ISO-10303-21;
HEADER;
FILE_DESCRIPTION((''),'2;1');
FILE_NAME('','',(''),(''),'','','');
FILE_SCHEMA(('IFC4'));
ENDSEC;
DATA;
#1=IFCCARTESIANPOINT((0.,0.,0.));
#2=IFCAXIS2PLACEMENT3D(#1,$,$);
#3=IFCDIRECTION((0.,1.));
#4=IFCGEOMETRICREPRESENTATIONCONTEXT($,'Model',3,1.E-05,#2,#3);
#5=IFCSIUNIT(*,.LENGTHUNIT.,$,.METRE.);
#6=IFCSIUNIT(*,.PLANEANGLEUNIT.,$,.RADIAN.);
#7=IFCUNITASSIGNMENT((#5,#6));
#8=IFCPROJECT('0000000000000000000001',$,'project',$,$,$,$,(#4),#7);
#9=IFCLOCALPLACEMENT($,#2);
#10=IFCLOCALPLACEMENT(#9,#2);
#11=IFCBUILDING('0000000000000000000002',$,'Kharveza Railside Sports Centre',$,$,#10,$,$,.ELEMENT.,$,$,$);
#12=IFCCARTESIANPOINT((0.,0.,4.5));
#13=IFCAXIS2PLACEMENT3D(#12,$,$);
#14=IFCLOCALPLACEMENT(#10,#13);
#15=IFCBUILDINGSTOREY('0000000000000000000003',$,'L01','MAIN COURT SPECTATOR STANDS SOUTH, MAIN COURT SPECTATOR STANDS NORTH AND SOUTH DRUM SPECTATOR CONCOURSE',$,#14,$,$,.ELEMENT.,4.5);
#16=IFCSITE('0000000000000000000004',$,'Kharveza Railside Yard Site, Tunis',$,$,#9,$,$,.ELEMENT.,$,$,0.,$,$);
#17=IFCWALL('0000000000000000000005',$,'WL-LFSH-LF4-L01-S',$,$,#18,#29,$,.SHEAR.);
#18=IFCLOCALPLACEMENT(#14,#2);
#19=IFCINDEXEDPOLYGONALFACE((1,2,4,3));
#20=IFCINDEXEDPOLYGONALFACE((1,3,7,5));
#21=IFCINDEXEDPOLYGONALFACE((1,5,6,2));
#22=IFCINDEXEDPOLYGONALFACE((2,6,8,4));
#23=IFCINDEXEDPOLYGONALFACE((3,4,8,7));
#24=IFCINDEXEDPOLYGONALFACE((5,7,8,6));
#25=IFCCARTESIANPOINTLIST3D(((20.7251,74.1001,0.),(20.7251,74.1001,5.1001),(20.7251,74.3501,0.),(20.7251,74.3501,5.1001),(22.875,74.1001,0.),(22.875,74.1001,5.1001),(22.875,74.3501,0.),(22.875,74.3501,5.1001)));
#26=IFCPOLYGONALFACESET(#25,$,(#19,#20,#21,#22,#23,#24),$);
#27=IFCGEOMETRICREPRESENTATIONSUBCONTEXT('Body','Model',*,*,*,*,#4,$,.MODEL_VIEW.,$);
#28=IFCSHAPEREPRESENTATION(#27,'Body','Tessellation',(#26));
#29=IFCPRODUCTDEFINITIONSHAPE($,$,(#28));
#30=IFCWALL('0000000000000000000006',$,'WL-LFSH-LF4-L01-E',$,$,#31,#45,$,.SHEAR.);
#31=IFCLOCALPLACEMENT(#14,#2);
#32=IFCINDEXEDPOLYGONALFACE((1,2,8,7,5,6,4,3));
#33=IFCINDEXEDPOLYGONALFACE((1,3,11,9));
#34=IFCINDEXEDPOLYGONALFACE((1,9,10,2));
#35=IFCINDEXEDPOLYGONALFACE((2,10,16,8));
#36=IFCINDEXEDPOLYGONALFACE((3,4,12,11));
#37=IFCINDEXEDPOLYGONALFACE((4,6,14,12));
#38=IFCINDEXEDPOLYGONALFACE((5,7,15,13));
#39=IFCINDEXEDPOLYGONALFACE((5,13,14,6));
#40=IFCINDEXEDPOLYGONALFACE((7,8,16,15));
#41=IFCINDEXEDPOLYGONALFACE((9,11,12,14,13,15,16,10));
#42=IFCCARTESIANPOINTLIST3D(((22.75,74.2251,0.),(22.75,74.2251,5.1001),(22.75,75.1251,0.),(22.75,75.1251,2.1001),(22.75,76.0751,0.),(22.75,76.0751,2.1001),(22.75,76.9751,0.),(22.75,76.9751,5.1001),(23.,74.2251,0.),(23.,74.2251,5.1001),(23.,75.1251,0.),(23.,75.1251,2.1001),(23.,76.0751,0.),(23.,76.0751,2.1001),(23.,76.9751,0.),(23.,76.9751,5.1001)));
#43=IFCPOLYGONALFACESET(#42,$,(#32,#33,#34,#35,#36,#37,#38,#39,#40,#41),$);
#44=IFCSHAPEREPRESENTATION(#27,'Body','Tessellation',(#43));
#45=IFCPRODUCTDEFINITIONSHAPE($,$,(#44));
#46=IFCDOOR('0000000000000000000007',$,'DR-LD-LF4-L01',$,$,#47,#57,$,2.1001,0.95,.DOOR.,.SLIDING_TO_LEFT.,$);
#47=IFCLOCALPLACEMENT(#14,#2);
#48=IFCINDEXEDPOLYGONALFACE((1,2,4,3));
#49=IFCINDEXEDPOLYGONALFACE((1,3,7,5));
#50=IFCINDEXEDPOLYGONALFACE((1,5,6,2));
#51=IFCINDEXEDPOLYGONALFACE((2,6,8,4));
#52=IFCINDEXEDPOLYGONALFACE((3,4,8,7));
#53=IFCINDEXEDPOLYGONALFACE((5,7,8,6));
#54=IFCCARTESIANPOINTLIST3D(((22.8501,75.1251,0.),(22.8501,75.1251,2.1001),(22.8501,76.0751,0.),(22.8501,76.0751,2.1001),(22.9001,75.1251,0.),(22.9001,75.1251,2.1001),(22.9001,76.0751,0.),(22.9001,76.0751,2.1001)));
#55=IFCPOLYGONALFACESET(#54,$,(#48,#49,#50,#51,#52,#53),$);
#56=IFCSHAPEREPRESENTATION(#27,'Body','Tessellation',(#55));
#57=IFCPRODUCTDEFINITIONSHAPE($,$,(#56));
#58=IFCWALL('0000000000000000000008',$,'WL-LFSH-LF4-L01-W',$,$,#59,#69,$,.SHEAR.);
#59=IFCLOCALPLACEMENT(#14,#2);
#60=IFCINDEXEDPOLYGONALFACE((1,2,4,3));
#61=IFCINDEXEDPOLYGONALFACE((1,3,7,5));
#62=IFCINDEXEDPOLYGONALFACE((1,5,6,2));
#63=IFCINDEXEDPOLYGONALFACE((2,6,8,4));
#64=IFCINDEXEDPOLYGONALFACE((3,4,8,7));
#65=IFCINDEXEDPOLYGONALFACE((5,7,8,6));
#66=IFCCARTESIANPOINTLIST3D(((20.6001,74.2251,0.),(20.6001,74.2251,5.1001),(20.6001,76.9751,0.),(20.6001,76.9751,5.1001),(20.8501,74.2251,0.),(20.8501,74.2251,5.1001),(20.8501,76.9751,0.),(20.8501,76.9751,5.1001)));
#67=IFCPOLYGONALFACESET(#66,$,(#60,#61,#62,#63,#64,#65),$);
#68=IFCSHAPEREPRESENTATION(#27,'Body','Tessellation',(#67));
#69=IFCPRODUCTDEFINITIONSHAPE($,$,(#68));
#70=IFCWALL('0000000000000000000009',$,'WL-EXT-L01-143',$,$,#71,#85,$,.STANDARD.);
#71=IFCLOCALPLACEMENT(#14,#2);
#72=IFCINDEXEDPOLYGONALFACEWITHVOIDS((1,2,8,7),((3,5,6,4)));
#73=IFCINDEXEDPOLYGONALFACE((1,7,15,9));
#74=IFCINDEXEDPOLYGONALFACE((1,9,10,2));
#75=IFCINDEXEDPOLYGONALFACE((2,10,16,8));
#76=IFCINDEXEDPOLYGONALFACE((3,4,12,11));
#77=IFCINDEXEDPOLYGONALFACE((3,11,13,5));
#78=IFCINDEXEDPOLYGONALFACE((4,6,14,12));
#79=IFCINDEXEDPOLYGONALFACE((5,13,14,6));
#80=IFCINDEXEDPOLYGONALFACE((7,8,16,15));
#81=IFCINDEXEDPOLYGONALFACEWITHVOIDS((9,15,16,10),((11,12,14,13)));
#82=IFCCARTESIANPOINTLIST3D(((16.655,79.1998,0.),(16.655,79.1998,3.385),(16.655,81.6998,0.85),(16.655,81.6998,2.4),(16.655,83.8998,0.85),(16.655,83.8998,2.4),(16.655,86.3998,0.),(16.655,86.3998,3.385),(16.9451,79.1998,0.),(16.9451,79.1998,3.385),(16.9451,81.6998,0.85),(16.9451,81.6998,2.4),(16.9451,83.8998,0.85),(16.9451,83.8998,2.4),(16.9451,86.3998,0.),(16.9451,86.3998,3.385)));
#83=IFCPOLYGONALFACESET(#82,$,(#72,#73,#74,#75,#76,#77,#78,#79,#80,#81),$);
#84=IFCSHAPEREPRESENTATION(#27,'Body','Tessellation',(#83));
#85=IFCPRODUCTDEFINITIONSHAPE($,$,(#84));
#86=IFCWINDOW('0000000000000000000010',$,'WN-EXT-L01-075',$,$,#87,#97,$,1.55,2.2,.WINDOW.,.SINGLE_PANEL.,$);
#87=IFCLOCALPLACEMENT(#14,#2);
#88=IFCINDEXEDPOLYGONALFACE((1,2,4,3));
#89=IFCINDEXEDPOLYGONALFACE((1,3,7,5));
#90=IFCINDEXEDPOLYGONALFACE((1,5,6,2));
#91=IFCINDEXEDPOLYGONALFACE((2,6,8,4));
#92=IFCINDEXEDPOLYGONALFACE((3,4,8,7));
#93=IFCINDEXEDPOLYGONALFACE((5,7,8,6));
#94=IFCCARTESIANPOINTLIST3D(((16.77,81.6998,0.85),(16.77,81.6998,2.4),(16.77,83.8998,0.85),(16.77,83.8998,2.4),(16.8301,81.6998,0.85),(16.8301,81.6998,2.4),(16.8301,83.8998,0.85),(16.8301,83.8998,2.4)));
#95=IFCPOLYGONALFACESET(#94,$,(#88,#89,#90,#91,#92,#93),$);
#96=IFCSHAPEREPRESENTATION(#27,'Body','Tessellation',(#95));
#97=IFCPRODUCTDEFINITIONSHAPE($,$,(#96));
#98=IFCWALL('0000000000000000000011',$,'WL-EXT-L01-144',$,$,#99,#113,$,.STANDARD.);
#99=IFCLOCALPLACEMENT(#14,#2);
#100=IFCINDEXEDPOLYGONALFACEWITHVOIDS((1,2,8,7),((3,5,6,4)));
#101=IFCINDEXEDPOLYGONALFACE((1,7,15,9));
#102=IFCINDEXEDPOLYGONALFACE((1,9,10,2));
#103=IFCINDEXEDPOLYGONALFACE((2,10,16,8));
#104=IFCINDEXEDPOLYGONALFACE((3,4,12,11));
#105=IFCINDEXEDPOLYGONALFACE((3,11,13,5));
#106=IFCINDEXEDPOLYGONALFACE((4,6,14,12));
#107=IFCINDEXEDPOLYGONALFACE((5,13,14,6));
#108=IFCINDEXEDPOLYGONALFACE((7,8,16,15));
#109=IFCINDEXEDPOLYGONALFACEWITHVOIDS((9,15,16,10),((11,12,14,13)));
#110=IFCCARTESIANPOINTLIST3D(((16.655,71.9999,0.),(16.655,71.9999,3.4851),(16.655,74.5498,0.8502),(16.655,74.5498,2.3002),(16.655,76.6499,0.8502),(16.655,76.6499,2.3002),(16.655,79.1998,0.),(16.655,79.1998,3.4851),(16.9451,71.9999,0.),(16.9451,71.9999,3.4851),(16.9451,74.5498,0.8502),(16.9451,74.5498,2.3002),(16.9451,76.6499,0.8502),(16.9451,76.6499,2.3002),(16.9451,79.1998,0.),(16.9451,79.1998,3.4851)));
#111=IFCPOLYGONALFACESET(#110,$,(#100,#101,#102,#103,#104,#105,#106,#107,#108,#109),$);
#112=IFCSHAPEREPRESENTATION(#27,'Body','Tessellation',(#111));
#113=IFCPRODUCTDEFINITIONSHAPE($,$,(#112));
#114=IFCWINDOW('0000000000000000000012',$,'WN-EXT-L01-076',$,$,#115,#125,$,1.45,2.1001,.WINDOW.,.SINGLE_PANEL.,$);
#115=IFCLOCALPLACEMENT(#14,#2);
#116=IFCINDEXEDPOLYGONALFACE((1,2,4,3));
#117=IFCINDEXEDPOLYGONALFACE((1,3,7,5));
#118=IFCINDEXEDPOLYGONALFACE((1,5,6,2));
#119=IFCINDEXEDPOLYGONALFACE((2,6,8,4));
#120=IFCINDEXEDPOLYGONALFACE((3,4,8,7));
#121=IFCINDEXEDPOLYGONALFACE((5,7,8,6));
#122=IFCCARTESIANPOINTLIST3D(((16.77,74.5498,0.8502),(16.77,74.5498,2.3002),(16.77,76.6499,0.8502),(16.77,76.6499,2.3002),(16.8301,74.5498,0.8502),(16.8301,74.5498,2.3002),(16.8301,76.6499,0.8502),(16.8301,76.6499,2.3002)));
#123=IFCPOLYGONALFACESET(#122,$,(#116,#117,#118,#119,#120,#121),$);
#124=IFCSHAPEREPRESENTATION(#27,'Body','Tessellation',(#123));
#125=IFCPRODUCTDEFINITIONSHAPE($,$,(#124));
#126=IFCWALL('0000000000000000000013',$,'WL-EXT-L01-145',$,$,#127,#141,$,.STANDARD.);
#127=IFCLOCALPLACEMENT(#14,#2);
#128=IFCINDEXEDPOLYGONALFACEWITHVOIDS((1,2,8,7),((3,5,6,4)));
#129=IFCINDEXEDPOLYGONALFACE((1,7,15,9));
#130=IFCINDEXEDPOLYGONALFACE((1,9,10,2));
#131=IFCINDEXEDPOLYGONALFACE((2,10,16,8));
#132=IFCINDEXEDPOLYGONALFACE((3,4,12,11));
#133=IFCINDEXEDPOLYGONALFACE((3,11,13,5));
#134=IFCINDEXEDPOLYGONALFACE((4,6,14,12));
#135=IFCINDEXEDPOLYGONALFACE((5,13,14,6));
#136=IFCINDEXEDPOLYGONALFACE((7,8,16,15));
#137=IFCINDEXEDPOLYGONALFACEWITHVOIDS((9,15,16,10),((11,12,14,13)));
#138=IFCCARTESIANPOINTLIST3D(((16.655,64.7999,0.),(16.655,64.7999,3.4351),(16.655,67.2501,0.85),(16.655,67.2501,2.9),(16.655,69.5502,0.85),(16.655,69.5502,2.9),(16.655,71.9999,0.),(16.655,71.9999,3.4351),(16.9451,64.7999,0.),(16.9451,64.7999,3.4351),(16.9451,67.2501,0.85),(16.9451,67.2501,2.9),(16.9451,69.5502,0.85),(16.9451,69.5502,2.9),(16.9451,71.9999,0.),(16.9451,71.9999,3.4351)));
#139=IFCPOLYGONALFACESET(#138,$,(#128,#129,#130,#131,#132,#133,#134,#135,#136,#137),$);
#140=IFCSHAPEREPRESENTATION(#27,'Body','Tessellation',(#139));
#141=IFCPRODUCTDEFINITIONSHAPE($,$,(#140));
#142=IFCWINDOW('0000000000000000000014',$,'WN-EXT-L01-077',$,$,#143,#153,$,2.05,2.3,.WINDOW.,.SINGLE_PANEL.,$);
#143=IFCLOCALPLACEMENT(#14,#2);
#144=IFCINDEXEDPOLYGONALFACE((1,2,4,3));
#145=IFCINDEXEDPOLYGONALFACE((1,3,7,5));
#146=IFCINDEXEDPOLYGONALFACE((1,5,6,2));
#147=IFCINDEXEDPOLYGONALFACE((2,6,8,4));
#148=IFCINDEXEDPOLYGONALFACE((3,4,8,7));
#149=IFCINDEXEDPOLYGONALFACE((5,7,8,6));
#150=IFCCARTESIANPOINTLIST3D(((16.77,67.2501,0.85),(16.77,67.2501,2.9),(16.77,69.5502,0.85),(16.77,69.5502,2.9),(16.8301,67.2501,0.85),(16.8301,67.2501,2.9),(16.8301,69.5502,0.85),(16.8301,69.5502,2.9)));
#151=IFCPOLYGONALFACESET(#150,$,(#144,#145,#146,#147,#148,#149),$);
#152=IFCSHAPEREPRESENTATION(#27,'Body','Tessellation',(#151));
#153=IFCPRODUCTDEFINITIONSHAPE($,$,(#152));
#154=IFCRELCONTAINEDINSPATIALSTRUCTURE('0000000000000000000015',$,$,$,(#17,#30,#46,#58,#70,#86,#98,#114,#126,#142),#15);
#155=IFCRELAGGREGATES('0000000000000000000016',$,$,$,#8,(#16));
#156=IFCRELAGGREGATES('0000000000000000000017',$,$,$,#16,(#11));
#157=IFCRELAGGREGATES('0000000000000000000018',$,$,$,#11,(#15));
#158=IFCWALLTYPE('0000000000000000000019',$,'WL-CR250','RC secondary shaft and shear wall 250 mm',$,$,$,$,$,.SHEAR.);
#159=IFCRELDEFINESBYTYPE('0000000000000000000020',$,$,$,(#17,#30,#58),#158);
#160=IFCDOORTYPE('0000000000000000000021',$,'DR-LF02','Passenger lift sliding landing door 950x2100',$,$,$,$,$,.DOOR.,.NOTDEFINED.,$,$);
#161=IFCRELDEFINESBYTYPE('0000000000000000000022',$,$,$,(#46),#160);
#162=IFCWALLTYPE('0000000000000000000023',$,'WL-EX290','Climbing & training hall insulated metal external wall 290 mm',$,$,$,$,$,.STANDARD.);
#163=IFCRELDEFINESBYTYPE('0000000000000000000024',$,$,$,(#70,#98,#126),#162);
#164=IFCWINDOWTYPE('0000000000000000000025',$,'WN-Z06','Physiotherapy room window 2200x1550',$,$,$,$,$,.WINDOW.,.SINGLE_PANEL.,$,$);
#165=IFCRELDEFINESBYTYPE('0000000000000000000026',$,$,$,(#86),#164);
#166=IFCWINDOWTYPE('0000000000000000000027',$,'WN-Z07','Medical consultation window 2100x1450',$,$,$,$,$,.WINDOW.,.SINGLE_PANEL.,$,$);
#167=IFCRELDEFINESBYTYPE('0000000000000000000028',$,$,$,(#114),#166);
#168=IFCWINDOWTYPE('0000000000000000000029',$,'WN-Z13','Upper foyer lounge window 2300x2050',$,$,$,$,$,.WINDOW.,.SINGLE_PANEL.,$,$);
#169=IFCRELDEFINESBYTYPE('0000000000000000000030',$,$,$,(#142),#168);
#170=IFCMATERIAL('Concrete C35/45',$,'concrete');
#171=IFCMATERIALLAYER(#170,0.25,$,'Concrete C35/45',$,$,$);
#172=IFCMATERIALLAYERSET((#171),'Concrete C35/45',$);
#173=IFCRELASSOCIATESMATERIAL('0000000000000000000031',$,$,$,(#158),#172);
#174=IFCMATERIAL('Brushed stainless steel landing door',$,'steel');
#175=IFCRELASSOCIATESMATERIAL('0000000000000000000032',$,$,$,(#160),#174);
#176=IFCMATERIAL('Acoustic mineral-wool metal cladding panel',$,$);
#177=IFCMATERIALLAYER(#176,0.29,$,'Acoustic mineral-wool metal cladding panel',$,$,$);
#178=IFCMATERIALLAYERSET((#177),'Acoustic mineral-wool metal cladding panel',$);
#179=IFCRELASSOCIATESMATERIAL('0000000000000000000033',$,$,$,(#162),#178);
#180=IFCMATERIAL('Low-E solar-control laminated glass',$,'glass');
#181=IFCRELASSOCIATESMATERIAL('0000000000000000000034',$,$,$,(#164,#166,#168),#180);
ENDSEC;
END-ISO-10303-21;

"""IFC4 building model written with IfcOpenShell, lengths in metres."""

from ifc_helpers import new_model, si_unit, direction, frame, frame_2d, origin, place, context, subcontext, project, spatial, rectangle, extrude, material, layer, layer_set, type_object, element, fill, save


model = new_model("IFC4")

# Units and contexts
model_context = context("Model", 3, precision=1e-05, world=origin(), true_north=direction((0.0, 1.0)))
body_context = subcontext(model_context, "Body", "Model", "MODEL_VIEW")
ifc_project = project(units=[si_unit("LENGTHUNIT", "METRE"), si_unit("PLANEANGLEUNIT", "RADIAN")], contexts=[model_context])

# Site, building, storey
site_placement = place(None, origin())
site = spatial("IfcSite", under=ifc_project, at=site_placement, Name="Kharveza Railside Yard Site, Tunis", CompositionType="ELEMENT", RefElevation=0.0)
building_placement = place(site_placement, origin())
building = spatial("IfcBuilding", under=site, at=building_placement, Name="Kharveza Railside Sports Centre", CompositionType="ELEMENT")
storey_placement = place(building_placement, frame((0.0, 0.0, 4.5)))
storey = spatial("IfcBuildingStorey", under=building, at=storey_placement, Name="L01", Description="MAIN COURT SPECTATOR STANDS SOUTH, MAIN COURT SPECTATOR STANDS NORTH AND SOUTH DRUM SPECTATOR CONCOURSE", CompositionType="ELEMENT", Elevation=4.5)

# Wall
ifc_material_1 = material(Name="Concrete C35/45", Category="concrete")
ifc_layer_1 = layer(ifc_material_1, 0.25, Name="Concrete C35/45")
ifc_layer_set_1 = layer_set([ifc_layer_1], Name="Concrete C35/45")
wall_type_1 = type_object("IfcWallType", Name="WL-CR250", Description="RC secondary shaft and shear wall 250 mm", PredefinedType="SHEAR", material=ifc_layer_set_1)
wall_1_placement = place(storey_placement, frame((20.7251, 74.2251, 0.0), z_axis=(0.0, 0.0, 1.0), x_axis=(1.0, 0.0, 0.0)))
element("IfcWall", 1, at=wall_1_placement, inside=storey, type_object=wall_type_1, Name="WL-LFSH-LF4-L01-S", PredefinedType="SHEAR", context=body_context, shape_type="SweptSolid", body=[
    extrude(rectangle(XDim=2.1499, YDim=0.25, at=frame_2d((1.075, 0.0))), origin(), (0.0, 0.0, 1.0), 5.1001),
])

# Wall, opening, door
wall_2_placement = place(storey_placement, frame((22.875, 74.2251, 0.0), z_axis=(0.0, 0.0, 1.0), x_axis=(0.0, 1.0, 0.0)))
wall_2 = element("IfcWall", 2, at=wall_2_placement, inside=storey, type_object=wall_type_1, Name="WL-LFSH-LF4-L01-E", PredefinedType="SHEAR", context=body_context, shape_type="SweptSolid", body=[
    extrude(rectangle(XDim=2.75, YDim=0.25, at=frame_2d((1.375, 0.0))), origin(), (0.0, 0.0, 1.0), 5.1001),
])
opening_1_placement = place(wall_2_placement, frame((0.8999, 0.0, 0.0)))
opening_1 = element("IfcOpeningElement", 3, at=opening_1_placement, cuts=wall_2, PredefinedType="OPENING", context=body_context, shape_type="SweptSolid", body=[
    extrude(rectangle(XDim=0.95, YDim=2.1001, at=frame_2d((0.4751, 1.05))), frame((0.0, 0.1499, 0.0), z_axis=(0.0, -1.0, 0.0), x_axis=(1.0, 0.0, 0.0)), (0.0, 0.0, 1.0), 0.2998),
])
ifc_material_2 = material(Name="Brushed stainless steel landing door", Category="steel")
door_type = type_object("IfcDoorType", Name="DR-LF02", Description="Passenger lift sliding landing door 950x2100", OperationType="NOTDEFINED", PredefinedType="DOOR", material=ifc_material_2)
door_placement = place(opening_1_placement, origin())
door = element("IfcDoor", 4, at=door_placement, inside=storey, type_object=door_type, Name="DR-LD-LF4-L01", OperationType="SLIDING_TO_LEFT", OverallHeight=2.1001, OverallWidth=0.95, PredefinedType="DOOR", context=body_context, shape_type="SweptSolid", body=[
    extrude(rectangle(XDim=0.95, YDim=2.1001, at=frame_2d((0.4751, 1.05))), frame((0.0, 0.0249, 0.0), z_axis=(0.0, -1.0, 0.0), x_axis=(1.0, 0.0, 0.0)), (0.0, 0.0, 1.0), 0.05),
])
fill(opening_1, door)

# Wall
wall_3_placement = place(storey_placement, frame((20.7251, 76.9751, 0.0), z_axis=(0.0, 0.0, 1.0), x_axis=(0.0, -1.0, 0.0)))
element("IfcWall", 5, at=wall_3_placement, inside=storey, type_object=wall_type_1, Name="WL-LFSH-LF4-L01-W", PredefinedType="SHEAR", context=body_context, shape_type="SweptSolid", body=[
    extrude(rectangle(XDim=2.75, YDim=0.25, at=frame_2d((1.375, 0.0))), origin(), (0.0, 0.0, 1.0), 5.1001),
])

# Walls, openings, windows
ifc_material_3 = material(Name="Acoustic mineral-wool metal cladding panel")
ifc_layer_2 = layer(ifc_material_3, 0.29, Name="Acoustic mineral-wool metal cladding panel")
ifc_layer_set_2 = layer_set([ifc_layer_2], Name="Acoustic mineral-wool metal cladding panel")
wall_type_2 = type_object("IfcWallType", Name="WL-EX290", Description="Climbing & training hall insulated metal external wall 290 mm", PredefinedType="STANDARD", material=ifc_layer_set_2)
wall_4_placement = place(storey_placement, frame((16.8, 86.3999, 0.0), z_axis=(0.0, 0.0, 1.0), x_axis=(0.0, -1.0, 0.0)))
wall_4 = element("IfcWall", 6, at=wall_4_placement, inside=storey, type_object=wall_type_2, Name="WL-EXT-L01-143", PredefinedType="STANDARD", context=body_context, shape_type="SweptSolid", body=[
    extrude(rectangle(XDim=7.2, YDim=0.29, at=frame_2d((3.6001, 0.0))), origin(), (0.0, 0.0, 1.0), 3.385),
])
opening_2_placement = place(wall_4_placement, frame((2.5, 0.0, 0.8501)))
opening_2 = element("IfcOpeningElement", 7, at=opening_2_placement, cuts=wall_4, PredefinedType="OPENING", context=body_context, shape_type="SweptSolid", body=[
    extrude(rectangle(XDim=2.2, YDim=1.55, at=frame_2d((1.1001, 0.7749))), frame((0.0, 0.1699, 0.0), z_axis=(0.0, -1.0, 0.0), x_axis=(1.0, 0.0, 0.0)), (0.0, 0.0, 1.0), 0.3398),
])
ifc_material_4 = material(Name="Low-E solar-control laminated glass", Category="glass")
window_type_1 = type_object("IfcWindowType", Name="WN-Z06", Description="Physiotherapy room window 2200x1550", PartitioningType="SINGLE_PANEL", PredefinedType="WINDOW", material=ifc_material_4)
window_1_placement = place(opening_2_placement, origin())
window_1 = element("IfcWindow", 8, at=window_1_placement, inside=storey, type_object=window_type_1, Name="WN-EXT-L01-075", OverallHeight=1.55, OverallWidth=2.2, PartitioningType="SINGLE_PANEL", PredefinedType="WINDOW", context=body_context, shape_type="SweptSolid", body=[
    extrude(rectangle(XDim=2.2, YDim=1.55, at=frame_2d((1.1001, 0.7749))), frame((0.0, 0.03, 0.0), z_axis=(0.0, -1.0, 0.0), x_axis=(1.0, 0.0, 0.0)), (0.0, 0.0, 1.0), 0.0601),
])
fill(opening_2, window_1)
wall_5_placement = place(storey_placement, frame((16.8, 79.2, 0.0), z_axis=(0.0, 0.0, 1.0), x_axis=(0.0, -1.0, 0.0)))
wall_5 = element("IfcWall", 9, at=wall_5_placement, inside=storey, type_object=wall_type_2, Name="WL-EXT-L01-144", PredefinedType="STANDARD", context=body_context, shape_type="SweptSolid", body=[
    extrude(rectangle(XDim=7.2, YDim=0.29, at=frame_2d((3.6001, 0.0))), origin(), (0.0, 0.0, 1.0), 3.4851),
])
opening_3_placement = place(wall_5_placement, frame((2.55, 0.0, 0.8501)))
opening_3 = element("IfcOpeningElement", 10, at=opening_3_placement, cuts=wall_5, PredefinedType="OPENING", context=body_context, shape_type="SweptSolid", body=[
    extrude(rectangle(XDim=2.1001, YDim=1.45, at=frame_2d((1.05, 0.7251))), frame((0.0, 0.1699, 0.0), z_axis=(0.0, -1.0, 0.0), x_axis=(1.0, 0.0, 0.0)), (0.0, 0.0, 1.0), 0.3398),
])
window_type_2 = type_object("IfcWindowType", Name="WN-Z07", Description="Medical consultation window 2100x1450", PartitioningType="SINGLE_PANEL", PredefinedType="WINDOW", material=ifc_material_4)
window_2_placement = place(opening_3_placement, origin())
window_2 = element("IfcWindow", 11, at=window_2_placement, inside=storey, type_object=window_type_2, Name="WN-EXT-L01-076", OverallHeight=1.45, OverallWidth=2.1001, PartitioningType="SINGLE_PANEL", PredefinedType="WINDOW", context=body_context, shape_type="SweptSolid", body=[
    extrude(rectangle(XDim=2.1001, YDim=1.45, at=frame_2d((1.05, 0.7251))), frame((0.0, 0.03, 0.0), z_axis=(0.0, -1.0, 0.0), x_axis=(1.0, 0.0, 0.0)), (0.0, 0.0, 1.0), 0.0601),
])
fill(opening_3, window_2)
wall_6_placement = place(storey_placement, frame((16.8, 72.0, 0.0), z_axis=(0.0, 0.0, 1.0), x_axis=(0.0, -1.0, 0.0)))
wall_6 = element("IfcWall", 12, at=wall_6_placement, inside=storey, type_object=wall_type_2, Name="WL-EXT-L01-145", PredefinedType="STANDARD", context=body_context, shape_type="SweptSolid", body=[
    extrude(rectangle(XDim=7.2, YDim=0.29, at=frame_2d((3.6001, 0.0))), origin(), (0.0, 0.0, 1.0), 3.4351),
])
opening_4_placement = place(wall_6_placement, frame((2.45, 0.0, 0.8501)))
opening_4 = element("IfcOpeningElement", 13, at=opening_4_placement, cuts=wall_6, PredefinedType="OPENING", context=body_context, shape_type="SweptSolid", body=[
    extrude(rectangle(XDim=2.3, YDim=2.05, at=frame_2d((1.1499, 1.0249))), frame((0.0, 0.1699, 0.0), z_axis=(0.0, -1.0, 0.0), x_axis=(1.0, 0.0, 0.0)), (0.0, 0.0, 1.0), 0.3398),
])
window_type_3 = type_object("IfcWindowType", Name="WN-Z13", Description="Upper foyer lounge window 2300x2050", PartitioningType="SINGLE_PANEL", PredefinedType="WINDOW", material=ifc_material_4)
window_3_placement = place(opening_4_placement, origin())
window_3 = element("IfcWindow", 14, at=window_3_placement, inside=storey, type_object=window_type_3, Name="WN-EXT-L01-077", OverallHeight=2.05, OverallWidth=2.3, PartitioningType="SINGLE_PANEL", PredefinedType="WINDOW", context=body_context, shape_type="SweptSolid", body=[
    extrude(rectangle(XDim=2.3, YDim=2.05, at=frame_2d((1.1499, 1.0249))), frame((0.0, 0.03, 0.0), z_axis=(0.0, -1.0, 0.0), x_axis=(1.0, 0.0, 0.0)), (0.0, 0.0, 1.0), 0.0601),
])
fill(opening_4, window_3)

save(model, "model.ifc")
